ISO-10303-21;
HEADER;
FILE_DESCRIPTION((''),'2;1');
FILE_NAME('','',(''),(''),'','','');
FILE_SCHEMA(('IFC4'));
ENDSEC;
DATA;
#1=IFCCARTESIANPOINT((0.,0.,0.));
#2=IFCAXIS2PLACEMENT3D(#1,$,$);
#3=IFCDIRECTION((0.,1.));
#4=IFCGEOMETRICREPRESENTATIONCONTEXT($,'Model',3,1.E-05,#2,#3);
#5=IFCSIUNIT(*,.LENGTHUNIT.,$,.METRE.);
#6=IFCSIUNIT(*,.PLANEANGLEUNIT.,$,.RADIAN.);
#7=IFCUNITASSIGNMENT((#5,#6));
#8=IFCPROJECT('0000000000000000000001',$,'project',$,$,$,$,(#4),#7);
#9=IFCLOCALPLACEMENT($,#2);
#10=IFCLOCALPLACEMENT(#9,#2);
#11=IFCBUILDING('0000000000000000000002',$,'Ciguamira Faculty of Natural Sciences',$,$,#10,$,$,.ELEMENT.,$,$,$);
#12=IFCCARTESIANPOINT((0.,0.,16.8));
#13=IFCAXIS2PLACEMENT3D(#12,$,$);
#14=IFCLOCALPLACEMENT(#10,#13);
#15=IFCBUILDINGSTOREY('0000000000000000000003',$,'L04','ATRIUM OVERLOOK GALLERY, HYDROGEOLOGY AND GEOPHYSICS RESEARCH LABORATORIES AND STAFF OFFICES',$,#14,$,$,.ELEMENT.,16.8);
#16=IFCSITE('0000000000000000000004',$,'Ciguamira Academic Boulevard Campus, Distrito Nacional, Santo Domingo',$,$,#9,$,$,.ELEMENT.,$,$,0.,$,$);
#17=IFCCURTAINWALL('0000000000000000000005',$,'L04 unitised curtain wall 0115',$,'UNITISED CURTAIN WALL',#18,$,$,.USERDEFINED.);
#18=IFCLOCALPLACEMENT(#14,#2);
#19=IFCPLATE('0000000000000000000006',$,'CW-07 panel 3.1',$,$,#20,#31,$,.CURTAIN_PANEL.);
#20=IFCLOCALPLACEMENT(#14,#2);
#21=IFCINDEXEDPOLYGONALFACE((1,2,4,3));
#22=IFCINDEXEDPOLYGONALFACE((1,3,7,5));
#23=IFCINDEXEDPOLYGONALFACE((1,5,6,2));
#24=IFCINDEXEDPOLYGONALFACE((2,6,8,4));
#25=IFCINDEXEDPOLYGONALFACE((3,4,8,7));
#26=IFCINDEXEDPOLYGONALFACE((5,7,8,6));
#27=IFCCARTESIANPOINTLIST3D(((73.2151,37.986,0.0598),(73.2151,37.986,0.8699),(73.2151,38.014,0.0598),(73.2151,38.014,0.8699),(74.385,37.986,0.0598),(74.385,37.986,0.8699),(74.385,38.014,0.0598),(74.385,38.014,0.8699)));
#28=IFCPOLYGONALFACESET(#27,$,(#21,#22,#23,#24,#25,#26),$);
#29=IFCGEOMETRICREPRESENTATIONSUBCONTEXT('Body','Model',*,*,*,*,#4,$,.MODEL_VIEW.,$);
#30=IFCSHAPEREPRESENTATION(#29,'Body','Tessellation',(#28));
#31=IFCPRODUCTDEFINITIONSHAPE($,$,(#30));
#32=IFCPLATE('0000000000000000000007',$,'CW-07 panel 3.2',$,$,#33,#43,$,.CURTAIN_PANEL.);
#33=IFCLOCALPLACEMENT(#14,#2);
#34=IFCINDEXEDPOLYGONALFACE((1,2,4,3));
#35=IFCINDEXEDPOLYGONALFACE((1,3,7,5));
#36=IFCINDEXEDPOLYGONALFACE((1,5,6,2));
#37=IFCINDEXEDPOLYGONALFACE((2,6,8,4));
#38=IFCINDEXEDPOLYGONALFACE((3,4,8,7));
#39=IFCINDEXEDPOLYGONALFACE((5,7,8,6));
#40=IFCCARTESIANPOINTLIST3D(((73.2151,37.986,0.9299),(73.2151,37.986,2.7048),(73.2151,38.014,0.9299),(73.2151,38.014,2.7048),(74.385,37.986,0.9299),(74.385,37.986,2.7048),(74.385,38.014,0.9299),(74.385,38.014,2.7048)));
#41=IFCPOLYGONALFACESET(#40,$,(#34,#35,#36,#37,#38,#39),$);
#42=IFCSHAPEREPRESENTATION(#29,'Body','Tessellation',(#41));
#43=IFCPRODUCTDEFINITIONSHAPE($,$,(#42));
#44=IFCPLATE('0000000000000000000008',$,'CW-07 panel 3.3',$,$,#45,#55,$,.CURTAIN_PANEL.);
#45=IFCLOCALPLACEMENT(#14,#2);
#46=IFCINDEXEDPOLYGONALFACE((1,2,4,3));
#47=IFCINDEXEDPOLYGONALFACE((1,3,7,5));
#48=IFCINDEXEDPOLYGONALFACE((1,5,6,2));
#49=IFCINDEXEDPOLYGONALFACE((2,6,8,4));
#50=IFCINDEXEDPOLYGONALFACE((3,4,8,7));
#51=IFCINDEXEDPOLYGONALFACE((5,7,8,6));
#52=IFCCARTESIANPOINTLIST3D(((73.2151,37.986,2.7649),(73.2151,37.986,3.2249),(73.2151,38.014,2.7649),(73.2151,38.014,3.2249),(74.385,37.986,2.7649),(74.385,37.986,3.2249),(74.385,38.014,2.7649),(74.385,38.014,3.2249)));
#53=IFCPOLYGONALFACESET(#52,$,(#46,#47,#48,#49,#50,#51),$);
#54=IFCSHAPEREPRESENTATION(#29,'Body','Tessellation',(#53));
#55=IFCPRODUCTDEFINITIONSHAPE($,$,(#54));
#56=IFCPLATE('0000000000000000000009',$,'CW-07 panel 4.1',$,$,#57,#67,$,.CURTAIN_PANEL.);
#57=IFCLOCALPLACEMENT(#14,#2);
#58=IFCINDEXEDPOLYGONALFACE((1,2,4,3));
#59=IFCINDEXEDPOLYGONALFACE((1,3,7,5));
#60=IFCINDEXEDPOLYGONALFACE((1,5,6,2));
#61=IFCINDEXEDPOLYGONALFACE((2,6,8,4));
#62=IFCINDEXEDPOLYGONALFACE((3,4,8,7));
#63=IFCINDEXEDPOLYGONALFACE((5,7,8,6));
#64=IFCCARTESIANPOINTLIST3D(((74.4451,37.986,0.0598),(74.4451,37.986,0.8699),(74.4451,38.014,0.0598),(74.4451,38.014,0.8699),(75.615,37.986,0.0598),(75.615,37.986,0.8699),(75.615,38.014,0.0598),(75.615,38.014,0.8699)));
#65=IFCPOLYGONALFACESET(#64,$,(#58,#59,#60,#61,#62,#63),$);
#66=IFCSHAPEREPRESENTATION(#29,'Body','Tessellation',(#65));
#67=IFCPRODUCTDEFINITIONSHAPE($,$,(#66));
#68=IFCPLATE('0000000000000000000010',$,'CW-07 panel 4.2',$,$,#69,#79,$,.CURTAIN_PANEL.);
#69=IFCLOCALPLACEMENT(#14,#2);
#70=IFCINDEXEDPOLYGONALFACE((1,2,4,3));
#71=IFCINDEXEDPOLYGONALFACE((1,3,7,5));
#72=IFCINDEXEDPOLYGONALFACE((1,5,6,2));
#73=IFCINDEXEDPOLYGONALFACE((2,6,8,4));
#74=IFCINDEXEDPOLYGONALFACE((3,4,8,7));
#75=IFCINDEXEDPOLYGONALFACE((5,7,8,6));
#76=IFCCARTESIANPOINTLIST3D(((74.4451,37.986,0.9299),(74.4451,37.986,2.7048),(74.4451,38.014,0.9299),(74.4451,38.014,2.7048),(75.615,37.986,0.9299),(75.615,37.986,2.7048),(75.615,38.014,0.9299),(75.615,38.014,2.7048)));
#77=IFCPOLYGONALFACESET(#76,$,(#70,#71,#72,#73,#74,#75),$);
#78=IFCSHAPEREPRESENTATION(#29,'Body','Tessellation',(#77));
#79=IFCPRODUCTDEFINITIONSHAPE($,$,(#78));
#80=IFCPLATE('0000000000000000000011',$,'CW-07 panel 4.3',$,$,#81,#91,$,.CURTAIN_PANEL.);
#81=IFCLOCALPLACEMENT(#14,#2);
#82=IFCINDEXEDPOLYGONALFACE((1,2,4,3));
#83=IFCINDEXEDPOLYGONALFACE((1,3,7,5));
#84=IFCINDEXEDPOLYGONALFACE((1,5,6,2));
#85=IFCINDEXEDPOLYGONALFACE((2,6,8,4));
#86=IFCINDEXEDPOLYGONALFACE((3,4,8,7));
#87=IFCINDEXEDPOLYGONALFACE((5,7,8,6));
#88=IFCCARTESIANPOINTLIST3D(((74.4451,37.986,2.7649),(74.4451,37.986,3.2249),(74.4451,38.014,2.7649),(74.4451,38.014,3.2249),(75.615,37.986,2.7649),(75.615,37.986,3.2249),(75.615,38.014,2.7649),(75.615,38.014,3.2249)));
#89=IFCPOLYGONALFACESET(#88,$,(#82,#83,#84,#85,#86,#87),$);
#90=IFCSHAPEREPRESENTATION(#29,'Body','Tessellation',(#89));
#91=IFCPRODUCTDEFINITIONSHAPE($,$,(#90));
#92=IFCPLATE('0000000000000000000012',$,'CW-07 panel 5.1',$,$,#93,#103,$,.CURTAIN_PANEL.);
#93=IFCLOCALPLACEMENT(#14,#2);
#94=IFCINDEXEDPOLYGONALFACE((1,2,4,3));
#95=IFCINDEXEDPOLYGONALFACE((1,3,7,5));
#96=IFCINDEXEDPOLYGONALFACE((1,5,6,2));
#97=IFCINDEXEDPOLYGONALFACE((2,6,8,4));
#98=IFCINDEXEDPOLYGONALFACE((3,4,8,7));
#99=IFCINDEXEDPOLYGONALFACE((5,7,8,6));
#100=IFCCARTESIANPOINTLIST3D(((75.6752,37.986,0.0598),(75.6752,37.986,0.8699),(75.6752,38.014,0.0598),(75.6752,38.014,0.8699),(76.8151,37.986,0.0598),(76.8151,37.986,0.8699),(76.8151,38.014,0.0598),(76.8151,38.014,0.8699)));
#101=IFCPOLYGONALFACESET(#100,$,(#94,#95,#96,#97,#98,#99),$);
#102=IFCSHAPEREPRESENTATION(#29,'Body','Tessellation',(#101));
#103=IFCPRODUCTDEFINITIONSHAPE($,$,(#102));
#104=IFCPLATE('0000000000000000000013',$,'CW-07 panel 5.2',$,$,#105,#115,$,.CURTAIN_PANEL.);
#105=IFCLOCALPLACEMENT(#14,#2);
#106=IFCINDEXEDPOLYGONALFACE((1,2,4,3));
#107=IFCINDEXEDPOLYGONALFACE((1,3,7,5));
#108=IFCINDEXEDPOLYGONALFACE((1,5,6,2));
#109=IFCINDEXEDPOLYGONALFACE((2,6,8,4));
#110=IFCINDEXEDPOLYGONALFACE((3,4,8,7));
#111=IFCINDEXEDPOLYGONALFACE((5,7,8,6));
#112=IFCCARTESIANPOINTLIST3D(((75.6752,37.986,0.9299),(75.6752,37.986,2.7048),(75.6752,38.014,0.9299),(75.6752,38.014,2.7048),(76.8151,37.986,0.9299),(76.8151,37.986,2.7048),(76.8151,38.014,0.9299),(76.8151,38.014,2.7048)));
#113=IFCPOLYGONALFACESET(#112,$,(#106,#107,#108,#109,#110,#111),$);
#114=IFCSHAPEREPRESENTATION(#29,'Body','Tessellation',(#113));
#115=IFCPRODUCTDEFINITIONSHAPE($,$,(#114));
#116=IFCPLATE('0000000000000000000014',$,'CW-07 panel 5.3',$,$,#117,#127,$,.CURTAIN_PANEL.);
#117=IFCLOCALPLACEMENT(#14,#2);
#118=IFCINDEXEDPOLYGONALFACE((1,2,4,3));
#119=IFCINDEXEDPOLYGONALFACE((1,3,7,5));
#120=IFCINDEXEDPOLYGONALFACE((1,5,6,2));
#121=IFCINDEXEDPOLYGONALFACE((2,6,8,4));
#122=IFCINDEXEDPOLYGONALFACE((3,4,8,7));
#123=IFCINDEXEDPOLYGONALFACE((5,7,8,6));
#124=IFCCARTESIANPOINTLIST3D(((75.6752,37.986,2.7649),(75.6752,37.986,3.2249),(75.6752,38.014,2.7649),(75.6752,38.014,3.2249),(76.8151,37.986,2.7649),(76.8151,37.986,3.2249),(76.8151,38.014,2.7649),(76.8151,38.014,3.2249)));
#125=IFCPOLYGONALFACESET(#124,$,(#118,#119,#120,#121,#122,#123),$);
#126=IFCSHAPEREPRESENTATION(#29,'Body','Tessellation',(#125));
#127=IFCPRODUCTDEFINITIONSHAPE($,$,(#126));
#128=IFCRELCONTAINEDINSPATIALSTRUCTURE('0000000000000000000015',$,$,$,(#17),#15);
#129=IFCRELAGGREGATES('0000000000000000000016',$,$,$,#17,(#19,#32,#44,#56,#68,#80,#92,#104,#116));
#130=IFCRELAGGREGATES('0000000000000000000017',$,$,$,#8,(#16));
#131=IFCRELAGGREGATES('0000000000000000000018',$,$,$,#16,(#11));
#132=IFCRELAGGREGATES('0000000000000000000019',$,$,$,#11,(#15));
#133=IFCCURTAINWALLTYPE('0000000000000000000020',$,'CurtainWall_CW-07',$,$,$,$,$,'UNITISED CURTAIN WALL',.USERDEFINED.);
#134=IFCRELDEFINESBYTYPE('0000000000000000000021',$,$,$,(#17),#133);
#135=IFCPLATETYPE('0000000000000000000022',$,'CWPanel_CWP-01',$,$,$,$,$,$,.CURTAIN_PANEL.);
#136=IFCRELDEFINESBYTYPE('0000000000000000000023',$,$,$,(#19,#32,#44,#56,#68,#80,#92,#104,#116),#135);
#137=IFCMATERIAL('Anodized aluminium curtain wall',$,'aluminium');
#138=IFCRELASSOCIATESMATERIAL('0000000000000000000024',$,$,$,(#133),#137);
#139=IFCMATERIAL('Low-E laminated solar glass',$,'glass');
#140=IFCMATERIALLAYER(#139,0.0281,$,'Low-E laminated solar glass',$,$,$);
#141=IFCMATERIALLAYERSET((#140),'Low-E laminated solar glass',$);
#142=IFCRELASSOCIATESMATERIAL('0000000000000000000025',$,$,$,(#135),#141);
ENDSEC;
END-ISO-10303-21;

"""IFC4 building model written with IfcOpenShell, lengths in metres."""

from ifc_helpers import new_model, si_unit, direction, frame, origin, origin_2d, place, context, subcontext, project, spatial, rectangle, extrude, material, layer, layer_set, type_object, element, aggregate, save


model = new_model("IFC4")

# Units and contexts
model_context = context("Model", 3, precision=1e-05, world=origin(), true_north=direction((0.0, 1.0)))
body_context = subcontext(model_context, "Body", "Model", "MODEL_VIEW")
ifc_project = project(units=[si_unit("LENGTHUNIT", "METRE"), si_unit("PLANEANGLEUNIT", "RADIAN")], contexts=[model_context])

# Site, building, storey
site_placement = place(None, origin())
site = spatial("IfcSite", under=ifc_project, at=site_placement, Name="Ciguamira Academic Boulevard Campus, Distrito Nacional, Santo Domingo", CompositionType="ELEMENT", RefElevation=0.0)
building_placement = place(site_placement, origin())
building = spatial("IfcBuilding", under=site, at=building_placement, Name="Ciguamira Faculty of Natural Sciences", CompositionType="ELEMENT")
storey_placement = place(building_placement, frame((0.0, 0.0, 16.8)))
storey = spatial("IfcBuildingStorey", under=building, at=storey_placement, Name="L04", Description="ATRIUM OVERLOOK GALLERY, HYDROGEOLOGY AND GEOPHYSICS RESEARCH LABORATORIES AND STAFF OFFICES", CompositionType="ELEMENT", Elevation=16.8)

# Curtain wall
ifc_material_1 = material(Name="Anodized aluminium curtain wall", Category="aluminium")
curtain_wall_type_1 = type_object("IfcCurtainWallType", Name="CurtainWall_CW-07", ElementType="UNITISED CURTAIN WALL", PredefinedType="USERDEFINED", material=ifc_material_1)
curtain_wall_1_placement = place(storey_placement, origin())
curtain_wall_1 = element("IfcCurtainWall", 1, at=curtain_wall_1_placement, inside=storey, type_object=curtain_wall_type_1, Name="L04 unitised curtain wall 0115", ObjectType="UNITISED CURTAIN WALL", PredefinedType="USERDEFINED")

# Plates
ifc_material_2 = material(Name="Low-E laminated solar glass", Category="glass")
ifc_layer = layer(ifc_material_2, 0.0281, Name="Low-E laminated solar glass")
ifc_layer_set = layer_set([ifc_layer], Name="Low-E laminated solar glass")
plate_type = type_object("IfcPlateType", Name="CWPanel_CWP-01", PredefinedType="CURTAIN_PANEL", material=ifc_layer_set)
plate_1_placement = place(storey_placement, frame((73.8, 38.0, 0.0598), z_axis=(0.0, 0.0, 1.0), x_axis=(1.0, 0.0, 0.0)))
plate_1 = element("IfcPlate", 2, at=plate_1_placement, type_object=plate_type, Name="CW-07 panel 3.1", PredefinedType="CURTAIN_PANEL", context=body_context, shape_type="SweptSolid", body=[
    extrude(rectangle(XDim=1.1699, YDim=0.0281, at=origin_2d()), origin(), (0.0, 0.0, 1.0), 0.8101),
])
plate_2_placement = place(storey_placement, frame((73.8, 38.0, 0.9299), z_axis=(0.0, 0.0, 1.0), x_axis=(1.0, 0.0, 0.0)))
plate_2 = element("IfcPlate", 3, at=plate_2_placement, type_object=plate_type, Name="CW-07 panel 3.2", PredefinedType="CURTAIN_PANEL", context=body_context, shape_type="SweptSolid", body=[
    extrude(rectangle(XDim=1.1699, YDim=0.0281, at=origin_2d()), origin(), (0.0, 0.0, 1.0), 1.7749),
])
plate_3_placement = place(storey_placement, frame((73.8, 38.0, 2.7649), z_axis=(0.0, 0.0, 1.0), x_axis=(1.0, 0.0, 0.0)))
plate_3 = element("IfcPlate", 4, at=plate_3_placement, type_object=plate_type, Name="CW-07 panel 3.3", PredefinedType="CURTAIN_PANEL", context=body_context, shape_type="SweptSolid", body=[
    extrude(rectangle(XDim=1.1699, YDim=0.0281, at=origin_2d()), origin(), (0.0, 0.0, 1.0), 0.46),
])
plate_4_placement = place(storey_placement, frame((75.03, 38.0, 0.0598), z_axis=(0.0, 0.0, 1.0), x_axis=(1.0, 0.0, 0.0)))
plate_4 = element("IfcPlate", 5, at=plate_4_placement, type_object=plate_type, Name="CW-07 panel 4.1", PredefinedType="CURTAIN_PANEL", context=body_context, shape_type="SweptSolid", body=[
    extrude(rectangle(XDim=1.1699, YDim=0.0281, at=origin_2d()), origin(), (0.0, 0.0, 1.0), 0.8101),
])
plate_5_placement = place(storey_placement, frame((75.03, 38.0, 0.9299), z_axis=(0.0, 0.0, 1.0), x_axis=(1.0, 0.0, 0.0)))
plate_5 = element("IfcPlate", 6, at=plate_5_placement, type_object=plate_type, Name="CW-07 panel 4.2", PredefinedType="CURTAIN_PANEL", context=body_context, shape_type="SweptSolid", body=[
    extrude(rectangle(XDim=1.1699, YDim=0.0281, at=origin_2d()), origin(), (0.0, 0.0, 1.0), 1.7749),
])
plate_6_placement = place(storey_placement, frame((75.03, 38.0, 2.7649), z_axis=(0.0, 0.0, 1.0), x_axis=(1.0, 0.0, 0.0)))
plate_6 = element("IfcPlate", 7, at=plate_6_placement, type_object=plate_type, Name="CW-07 panel 4.3", PredefinedType="CURTAIN_PANEL", context=body_context, shape_type="SweptSolid", body=[
    extrude(rectangle(XDim=1.1699, YDim=0.0281, at=origin_2d()), origin(), (0.0, 0.0, 1.0), 0.46),
])
plate_7_placement = place(storey_placement, frame((76.2451, 38.0, 0.0598), z_axis=(0.0, 0.0, 1.0), x_axis=(1.0, 0.0, 0.0)))
plate_7 = element("IfcPlate", 8, at=plate_7_placement, type_object=plate_type, Name="CW-07 panel 5.1", PredefinedType="CURTAIN_PANEL", context=body_context, shape_type="SweptSolid", body=[
    extrude(rectangle(XDim=1.1399, YDim=0.0281, at=origin_2d()), origin(), (0.0, 0.0, 1.0), 0.8101),
])
plate_8_placement = place(storey_placement, frame((76.2451, 38.0, 0.9299), z_axis=(0.0, 0.0, 1.0), x_axis=(1.0, 0.0, 0.0)))
plate_8 = element("IfcPlate", 9, at=plate_8_placement, type_object=plate_type, Name="CW-07 panel 5.2", PredefinedType="CURTAIN_PANEL", context=body_context, shape_type="SweptSolid", body=[
    extrude(rectangle(XDim=1.1399, YDim=0.0281, at=origin_2d()), origin(), (0.0, 0.0, 1.0), 1.7749),
])
plate_9_placement = place(storey_placement, frame((76.2451, 38.0, 2.7649), z_axis=(0.0, 0.0, 1.0), x_axis=(1.0, 0.0, 0.0)))
plate_9 = element("IfcPlate", 10, at=plate_9_placement, type_object=plate_type, Name="CW-07 panel 5.3", PredefinedType="CURTAIN_PANEL", context=body_context, shape_type="SweptSolid", body=[
    extrude(rectangle(XDim=1.1399, YDim=0.0281, at=origin_2d()), origin(), (0.0, 0.0, 1.0), 0.46),
])
aggregate(curtain_wall_1, [plate_1, plate_2, plate_3, plate_4, plate_5, plate_6, plate_7, plate_8, plate_9])

save(model, "model.ifc")
